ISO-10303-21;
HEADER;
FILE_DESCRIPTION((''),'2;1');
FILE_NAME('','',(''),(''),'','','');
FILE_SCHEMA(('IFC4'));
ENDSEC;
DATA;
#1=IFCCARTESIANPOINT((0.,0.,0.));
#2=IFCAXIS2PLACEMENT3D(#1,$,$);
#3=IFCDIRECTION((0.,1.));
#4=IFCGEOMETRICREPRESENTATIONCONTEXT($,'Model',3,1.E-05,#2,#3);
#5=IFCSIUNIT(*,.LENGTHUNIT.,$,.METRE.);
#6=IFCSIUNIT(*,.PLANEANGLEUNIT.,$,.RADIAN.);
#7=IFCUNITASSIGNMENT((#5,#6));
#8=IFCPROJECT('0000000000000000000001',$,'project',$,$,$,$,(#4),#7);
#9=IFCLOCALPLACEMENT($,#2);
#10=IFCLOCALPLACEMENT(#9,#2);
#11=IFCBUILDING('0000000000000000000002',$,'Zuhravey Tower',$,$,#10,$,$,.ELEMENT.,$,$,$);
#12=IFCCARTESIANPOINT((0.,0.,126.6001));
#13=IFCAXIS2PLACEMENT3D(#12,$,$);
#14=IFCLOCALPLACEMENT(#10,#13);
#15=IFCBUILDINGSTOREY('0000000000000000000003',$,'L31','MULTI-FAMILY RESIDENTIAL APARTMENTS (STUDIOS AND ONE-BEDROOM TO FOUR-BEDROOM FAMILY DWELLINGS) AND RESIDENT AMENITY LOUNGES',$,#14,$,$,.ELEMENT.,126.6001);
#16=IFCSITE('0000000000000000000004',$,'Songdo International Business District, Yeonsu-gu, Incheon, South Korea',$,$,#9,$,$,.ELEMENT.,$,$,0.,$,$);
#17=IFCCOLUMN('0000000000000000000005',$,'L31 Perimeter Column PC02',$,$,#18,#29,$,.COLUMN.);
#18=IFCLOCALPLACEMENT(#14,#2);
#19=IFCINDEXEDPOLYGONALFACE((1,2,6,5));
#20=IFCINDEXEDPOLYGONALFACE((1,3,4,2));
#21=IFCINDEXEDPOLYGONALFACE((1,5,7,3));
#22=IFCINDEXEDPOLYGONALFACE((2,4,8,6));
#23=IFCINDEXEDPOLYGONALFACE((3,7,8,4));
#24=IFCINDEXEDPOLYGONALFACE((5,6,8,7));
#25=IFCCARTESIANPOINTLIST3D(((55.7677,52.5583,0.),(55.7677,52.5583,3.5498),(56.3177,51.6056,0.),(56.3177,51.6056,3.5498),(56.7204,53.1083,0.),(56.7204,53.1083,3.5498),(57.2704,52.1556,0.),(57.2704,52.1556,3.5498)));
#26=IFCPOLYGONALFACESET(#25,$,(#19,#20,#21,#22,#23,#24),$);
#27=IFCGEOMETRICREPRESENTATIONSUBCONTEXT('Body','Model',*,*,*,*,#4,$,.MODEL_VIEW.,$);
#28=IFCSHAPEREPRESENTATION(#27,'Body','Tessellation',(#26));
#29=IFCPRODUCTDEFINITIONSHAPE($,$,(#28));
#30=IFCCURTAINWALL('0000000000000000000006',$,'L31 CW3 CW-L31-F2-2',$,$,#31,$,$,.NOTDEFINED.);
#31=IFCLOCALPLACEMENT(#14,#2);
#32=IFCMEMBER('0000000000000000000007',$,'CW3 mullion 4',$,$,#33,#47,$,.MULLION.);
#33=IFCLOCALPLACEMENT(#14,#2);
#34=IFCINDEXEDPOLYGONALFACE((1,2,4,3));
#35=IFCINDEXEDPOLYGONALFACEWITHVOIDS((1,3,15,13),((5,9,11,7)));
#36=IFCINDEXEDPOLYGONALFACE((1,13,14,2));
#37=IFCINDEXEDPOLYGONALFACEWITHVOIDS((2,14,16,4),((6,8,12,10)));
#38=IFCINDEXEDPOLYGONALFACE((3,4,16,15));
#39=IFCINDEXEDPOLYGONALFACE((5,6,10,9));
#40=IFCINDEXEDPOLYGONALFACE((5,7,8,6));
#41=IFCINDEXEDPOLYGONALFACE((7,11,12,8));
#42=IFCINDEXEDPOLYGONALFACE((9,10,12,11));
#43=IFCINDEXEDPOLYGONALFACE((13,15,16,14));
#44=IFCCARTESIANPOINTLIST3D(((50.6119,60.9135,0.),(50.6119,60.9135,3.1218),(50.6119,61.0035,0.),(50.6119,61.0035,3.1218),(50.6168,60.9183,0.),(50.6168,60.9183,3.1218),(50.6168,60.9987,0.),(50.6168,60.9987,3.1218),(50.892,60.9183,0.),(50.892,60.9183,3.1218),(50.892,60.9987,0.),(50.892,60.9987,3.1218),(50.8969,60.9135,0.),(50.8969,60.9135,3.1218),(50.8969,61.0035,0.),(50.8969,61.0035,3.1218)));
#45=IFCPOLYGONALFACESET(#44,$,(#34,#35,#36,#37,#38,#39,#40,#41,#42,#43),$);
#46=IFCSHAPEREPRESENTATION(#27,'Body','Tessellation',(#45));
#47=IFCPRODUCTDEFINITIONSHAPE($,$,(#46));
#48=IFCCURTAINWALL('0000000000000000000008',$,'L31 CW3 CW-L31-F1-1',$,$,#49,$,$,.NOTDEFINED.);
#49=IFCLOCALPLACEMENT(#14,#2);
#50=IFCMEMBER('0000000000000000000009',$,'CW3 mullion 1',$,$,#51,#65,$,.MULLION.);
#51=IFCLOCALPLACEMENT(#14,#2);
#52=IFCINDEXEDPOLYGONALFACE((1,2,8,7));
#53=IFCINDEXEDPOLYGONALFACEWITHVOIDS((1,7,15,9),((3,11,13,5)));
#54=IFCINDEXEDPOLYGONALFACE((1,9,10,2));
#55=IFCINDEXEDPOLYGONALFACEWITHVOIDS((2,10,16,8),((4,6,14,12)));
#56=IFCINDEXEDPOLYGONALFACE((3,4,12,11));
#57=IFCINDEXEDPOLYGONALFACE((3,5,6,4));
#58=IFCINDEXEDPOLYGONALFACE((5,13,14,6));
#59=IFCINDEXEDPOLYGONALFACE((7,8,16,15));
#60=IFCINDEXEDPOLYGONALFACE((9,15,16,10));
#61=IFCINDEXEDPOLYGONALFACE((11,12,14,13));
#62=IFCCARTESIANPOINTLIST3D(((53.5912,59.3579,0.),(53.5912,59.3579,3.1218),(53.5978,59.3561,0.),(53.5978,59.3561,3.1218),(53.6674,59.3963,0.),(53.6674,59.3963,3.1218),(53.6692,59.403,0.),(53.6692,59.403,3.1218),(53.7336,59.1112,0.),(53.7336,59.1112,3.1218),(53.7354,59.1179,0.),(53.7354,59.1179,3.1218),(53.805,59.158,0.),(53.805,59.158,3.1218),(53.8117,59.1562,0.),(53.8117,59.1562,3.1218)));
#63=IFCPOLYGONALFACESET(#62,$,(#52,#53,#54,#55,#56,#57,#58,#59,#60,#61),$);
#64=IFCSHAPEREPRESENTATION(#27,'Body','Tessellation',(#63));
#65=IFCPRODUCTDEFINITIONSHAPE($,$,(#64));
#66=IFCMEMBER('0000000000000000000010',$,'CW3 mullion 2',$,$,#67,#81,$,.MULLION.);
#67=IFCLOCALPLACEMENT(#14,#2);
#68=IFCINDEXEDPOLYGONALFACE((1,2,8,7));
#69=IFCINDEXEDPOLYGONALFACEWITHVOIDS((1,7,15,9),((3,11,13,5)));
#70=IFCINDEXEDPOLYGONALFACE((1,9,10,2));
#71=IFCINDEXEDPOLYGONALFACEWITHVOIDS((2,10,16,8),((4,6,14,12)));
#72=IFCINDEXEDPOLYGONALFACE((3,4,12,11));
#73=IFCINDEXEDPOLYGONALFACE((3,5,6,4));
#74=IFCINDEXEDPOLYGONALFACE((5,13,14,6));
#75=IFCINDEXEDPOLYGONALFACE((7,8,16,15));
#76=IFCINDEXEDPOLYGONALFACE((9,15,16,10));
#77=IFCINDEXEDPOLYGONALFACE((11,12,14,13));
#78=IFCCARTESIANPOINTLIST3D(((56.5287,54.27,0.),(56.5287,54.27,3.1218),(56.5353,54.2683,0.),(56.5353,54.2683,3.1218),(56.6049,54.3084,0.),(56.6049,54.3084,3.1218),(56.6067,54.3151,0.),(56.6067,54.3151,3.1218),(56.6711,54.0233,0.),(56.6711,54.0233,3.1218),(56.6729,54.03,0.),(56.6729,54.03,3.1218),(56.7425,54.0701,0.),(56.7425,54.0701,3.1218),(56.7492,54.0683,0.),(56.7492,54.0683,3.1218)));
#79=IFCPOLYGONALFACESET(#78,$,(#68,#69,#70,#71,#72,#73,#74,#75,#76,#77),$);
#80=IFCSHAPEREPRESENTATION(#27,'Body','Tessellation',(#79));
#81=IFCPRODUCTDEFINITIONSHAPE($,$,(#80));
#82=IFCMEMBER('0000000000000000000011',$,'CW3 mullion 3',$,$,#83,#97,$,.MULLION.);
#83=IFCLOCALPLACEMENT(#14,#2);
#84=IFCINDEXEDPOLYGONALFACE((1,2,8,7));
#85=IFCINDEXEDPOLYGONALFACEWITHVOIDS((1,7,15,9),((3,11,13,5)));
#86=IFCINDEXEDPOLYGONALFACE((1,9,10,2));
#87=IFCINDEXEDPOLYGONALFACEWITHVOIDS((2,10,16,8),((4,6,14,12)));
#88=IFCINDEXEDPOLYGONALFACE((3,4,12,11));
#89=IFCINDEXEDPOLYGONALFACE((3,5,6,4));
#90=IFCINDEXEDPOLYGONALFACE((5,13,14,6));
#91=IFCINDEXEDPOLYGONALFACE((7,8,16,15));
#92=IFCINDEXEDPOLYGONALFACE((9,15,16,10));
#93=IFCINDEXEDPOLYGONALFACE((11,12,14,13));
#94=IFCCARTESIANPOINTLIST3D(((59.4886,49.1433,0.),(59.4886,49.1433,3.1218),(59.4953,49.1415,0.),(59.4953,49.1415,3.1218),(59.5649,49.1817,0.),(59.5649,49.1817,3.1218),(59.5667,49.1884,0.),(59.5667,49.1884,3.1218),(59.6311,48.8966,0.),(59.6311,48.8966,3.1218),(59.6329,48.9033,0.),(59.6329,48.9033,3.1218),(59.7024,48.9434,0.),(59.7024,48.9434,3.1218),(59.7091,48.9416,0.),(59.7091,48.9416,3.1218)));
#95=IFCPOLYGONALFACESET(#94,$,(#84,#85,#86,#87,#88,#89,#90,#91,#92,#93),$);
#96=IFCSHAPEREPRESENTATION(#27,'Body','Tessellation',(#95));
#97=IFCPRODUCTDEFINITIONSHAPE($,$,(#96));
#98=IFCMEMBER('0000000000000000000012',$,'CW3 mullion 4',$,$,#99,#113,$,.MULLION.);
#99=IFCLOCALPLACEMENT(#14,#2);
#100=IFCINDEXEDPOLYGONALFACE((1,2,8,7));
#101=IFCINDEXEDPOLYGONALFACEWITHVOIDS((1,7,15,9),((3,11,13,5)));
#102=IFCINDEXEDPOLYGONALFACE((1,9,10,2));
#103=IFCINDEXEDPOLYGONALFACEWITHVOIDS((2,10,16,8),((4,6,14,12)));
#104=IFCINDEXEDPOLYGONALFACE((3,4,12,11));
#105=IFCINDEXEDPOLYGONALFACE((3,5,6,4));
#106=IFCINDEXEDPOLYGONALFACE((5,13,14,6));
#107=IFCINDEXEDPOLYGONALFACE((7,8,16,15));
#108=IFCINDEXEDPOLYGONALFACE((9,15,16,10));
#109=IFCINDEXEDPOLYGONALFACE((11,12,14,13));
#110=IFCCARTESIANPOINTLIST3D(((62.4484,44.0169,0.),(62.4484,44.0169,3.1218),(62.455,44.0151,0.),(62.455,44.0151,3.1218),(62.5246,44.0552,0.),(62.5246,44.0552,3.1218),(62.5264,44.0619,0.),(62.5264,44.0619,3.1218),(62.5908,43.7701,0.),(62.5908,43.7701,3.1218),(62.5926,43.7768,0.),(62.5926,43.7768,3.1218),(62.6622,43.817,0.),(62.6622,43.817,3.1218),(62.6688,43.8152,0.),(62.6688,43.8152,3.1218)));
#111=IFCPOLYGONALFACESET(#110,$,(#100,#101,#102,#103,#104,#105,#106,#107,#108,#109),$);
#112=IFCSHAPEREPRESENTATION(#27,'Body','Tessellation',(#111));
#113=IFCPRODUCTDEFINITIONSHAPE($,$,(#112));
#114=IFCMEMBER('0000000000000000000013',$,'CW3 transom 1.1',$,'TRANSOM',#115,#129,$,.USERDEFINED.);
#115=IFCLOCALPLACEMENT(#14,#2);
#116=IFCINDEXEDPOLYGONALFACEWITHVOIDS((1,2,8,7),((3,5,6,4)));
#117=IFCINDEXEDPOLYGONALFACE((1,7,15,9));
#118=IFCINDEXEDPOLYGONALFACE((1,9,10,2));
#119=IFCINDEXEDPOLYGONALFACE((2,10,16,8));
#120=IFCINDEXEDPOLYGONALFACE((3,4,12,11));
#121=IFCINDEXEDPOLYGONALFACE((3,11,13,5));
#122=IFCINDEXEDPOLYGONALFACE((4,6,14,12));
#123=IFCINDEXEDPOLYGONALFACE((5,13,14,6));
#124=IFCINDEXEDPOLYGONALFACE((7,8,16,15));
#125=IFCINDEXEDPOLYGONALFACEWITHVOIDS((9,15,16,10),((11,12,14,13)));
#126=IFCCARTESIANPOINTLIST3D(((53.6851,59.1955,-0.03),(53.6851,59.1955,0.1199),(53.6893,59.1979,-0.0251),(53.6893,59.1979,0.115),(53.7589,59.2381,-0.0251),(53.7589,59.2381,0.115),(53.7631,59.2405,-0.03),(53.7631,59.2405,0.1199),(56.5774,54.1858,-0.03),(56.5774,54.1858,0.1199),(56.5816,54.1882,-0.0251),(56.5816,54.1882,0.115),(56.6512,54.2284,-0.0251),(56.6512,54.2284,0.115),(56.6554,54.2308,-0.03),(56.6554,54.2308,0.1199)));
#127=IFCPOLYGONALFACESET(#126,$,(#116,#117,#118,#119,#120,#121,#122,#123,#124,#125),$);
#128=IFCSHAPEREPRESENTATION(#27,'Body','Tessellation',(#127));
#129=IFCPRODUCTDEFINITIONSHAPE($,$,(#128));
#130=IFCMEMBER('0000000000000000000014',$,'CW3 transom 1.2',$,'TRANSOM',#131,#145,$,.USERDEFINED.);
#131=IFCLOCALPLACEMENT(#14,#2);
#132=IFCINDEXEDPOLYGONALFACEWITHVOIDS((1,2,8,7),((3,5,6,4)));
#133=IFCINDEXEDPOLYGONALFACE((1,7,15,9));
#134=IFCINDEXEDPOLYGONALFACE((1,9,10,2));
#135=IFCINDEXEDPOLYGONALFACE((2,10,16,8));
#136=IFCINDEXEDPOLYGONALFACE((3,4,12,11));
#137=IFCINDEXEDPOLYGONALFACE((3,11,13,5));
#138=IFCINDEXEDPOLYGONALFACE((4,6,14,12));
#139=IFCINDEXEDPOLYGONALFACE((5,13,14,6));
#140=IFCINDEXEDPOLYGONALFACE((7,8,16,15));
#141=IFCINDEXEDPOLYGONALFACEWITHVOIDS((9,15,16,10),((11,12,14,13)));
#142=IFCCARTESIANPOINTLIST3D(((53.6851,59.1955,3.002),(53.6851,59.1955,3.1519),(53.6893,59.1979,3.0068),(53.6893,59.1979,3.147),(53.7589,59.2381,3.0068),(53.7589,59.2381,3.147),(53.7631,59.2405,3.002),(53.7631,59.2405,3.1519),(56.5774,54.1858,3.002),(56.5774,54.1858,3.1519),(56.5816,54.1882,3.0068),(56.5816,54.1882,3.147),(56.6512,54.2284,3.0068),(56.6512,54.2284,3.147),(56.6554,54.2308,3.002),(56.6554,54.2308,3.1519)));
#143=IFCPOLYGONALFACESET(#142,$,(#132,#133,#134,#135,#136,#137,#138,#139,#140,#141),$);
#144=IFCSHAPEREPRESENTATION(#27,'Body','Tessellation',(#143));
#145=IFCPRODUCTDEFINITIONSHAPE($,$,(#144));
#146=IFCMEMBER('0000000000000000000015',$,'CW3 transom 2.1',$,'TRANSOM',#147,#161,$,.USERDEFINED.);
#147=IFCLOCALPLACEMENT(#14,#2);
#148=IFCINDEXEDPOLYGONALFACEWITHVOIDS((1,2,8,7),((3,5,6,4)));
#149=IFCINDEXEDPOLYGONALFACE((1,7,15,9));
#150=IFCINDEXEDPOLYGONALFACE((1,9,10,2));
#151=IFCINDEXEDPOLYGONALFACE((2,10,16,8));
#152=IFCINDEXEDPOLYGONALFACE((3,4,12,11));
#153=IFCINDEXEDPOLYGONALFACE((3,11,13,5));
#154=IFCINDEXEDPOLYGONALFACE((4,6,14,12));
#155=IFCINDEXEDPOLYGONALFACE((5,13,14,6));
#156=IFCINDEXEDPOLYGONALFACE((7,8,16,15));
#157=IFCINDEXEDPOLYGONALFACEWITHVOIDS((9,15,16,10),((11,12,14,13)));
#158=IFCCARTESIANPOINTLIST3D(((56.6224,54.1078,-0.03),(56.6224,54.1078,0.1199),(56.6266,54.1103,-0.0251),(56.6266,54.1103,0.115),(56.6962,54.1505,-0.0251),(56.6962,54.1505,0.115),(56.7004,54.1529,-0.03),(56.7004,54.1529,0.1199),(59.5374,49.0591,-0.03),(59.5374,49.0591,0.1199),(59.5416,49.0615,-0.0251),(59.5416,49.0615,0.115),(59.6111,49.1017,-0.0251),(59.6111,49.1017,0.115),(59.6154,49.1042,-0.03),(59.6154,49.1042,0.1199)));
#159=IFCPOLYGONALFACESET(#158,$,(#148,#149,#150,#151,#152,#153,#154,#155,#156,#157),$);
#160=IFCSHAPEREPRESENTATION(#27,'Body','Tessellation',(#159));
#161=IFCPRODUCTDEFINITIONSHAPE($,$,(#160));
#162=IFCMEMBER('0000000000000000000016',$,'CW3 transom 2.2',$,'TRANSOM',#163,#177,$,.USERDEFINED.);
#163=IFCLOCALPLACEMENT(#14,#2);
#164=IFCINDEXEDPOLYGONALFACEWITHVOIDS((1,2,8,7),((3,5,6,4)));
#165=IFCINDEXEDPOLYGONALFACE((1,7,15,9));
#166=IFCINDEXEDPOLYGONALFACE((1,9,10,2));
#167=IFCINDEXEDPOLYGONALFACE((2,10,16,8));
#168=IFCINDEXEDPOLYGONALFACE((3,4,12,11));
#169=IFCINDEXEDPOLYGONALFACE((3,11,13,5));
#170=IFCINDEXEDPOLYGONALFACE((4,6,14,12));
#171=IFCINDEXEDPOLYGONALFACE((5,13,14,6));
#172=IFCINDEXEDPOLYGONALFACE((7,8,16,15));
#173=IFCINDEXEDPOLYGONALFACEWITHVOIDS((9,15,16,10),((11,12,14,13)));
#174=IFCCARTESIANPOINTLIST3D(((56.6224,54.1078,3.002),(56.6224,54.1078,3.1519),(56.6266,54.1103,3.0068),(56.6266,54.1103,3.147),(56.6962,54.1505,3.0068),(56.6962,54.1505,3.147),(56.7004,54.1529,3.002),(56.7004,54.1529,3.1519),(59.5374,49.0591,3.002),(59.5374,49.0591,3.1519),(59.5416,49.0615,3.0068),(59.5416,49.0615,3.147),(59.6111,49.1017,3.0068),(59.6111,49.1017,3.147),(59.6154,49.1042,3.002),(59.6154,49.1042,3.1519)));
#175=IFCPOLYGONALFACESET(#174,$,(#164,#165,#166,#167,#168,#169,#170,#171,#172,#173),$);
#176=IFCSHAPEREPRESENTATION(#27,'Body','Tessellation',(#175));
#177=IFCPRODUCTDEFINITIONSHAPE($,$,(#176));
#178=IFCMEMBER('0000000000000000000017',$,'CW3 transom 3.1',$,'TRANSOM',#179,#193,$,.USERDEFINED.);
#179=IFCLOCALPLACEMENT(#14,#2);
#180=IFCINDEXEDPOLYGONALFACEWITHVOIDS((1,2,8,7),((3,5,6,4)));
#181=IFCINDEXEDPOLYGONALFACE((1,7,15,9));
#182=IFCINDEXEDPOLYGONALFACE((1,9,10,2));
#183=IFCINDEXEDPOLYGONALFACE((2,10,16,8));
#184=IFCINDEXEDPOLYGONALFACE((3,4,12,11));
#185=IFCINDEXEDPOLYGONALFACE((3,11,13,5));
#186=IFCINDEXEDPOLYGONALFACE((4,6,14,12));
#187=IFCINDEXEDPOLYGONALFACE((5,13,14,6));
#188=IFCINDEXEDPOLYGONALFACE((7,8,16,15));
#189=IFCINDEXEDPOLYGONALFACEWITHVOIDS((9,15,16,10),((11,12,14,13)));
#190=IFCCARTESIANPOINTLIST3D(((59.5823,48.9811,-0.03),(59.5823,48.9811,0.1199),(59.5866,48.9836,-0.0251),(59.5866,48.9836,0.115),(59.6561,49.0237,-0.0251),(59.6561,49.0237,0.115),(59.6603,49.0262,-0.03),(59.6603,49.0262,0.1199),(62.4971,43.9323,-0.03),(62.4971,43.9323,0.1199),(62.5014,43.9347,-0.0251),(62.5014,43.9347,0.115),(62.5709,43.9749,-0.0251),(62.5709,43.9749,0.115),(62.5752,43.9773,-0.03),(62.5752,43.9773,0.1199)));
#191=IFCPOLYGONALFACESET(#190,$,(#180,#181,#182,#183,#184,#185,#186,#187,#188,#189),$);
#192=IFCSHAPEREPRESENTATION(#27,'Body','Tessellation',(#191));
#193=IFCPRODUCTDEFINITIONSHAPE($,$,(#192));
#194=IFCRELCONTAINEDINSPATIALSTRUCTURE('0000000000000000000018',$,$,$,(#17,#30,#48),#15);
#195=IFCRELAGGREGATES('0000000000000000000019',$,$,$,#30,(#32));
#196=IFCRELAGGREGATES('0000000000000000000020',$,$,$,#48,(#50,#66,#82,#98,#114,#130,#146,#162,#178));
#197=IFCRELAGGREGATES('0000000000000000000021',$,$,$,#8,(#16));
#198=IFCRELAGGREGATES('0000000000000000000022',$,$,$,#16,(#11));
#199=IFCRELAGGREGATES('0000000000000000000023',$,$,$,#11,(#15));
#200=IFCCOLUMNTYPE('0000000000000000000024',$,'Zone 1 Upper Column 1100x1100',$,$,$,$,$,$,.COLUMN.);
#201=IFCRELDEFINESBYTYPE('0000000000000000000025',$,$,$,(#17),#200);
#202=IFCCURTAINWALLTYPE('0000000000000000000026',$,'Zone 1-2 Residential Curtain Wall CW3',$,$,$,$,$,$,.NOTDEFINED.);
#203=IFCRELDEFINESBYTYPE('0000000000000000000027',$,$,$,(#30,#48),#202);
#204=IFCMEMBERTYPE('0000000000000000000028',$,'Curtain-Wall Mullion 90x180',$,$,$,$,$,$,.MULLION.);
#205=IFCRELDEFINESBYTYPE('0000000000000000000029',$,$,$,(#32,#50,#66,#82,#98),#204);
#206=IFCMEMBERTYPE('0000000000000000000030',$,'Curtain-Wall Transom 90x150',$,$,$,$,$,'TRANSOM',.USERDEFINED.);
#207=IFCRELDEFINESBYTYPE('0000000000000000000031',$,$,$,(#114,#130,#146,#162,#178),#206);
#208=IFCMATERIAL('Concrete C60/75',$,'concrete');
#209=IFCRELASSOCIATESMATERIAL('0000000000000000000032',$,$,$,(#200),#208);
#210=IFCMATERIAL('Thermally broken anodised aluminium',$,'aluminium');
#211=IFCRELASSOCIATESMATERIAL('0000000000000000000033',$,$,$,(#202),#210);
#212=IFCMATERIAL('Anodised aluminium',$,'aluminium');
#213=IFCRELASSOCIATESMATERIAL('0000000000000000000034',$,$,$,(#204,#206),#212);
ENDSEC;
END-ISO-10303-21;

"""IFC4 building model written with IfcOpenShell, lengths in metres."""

from ifc_helpers import new_model, si_unit, direction, frame, origin, origin_2d, place, context, subcontext, project, spatial, rectangle, hollow_rectangle, extrude, material, material_profile, profile_set, type_object, element, aggregate, save


model = new_model("IFC4")

# Units and contexts
model_context = context("Model", 3, precision=1e-05, world=origin(), true_north=direction((0.0, 1.0)))
body_context = subcontext(model_context, "Body", "Model", "MODEL_VIEW")
ifc_project = project(units=[si_unit("LENGTHUNIT", "METRE"), si_unit("PLANEANGLEUNIT", "RADIAN")], contexts=[model_context])

# Site, building, storey
site_placement = place(None, origin())
site = spatial("IfcSite", under=ifc_project, at=site_placement, Name="Songdo International Business District, Yeonsu-gu, Incheon, South Korea", CompositionType="ELEMENT", RefElevation=0.0)
building_placement = place(site_placement, origin())
building = spatial("IfcBuilding", under=site, at=building_placement, Name="Zuhravey Tower", CompositionType="ELEMENT")
storey_placement = place(building_placement, frame((0.0, 0.0, 126.6001)))
storey = spatial("IfcBuildingStorey", under=building, at=storey_placement, Name="L31", Description="MULTI-FAMILY RESIDENTIAL APARTMENTS (STUDIOS AND ONE-BEDROOM TO FOUR-BEDROOM FAMILY DWELLINGS) AND RESIDENT AMENITY LOUNGES", CompositionType="ELEMENT", Elevation=126.6001)

# Column
ifc_material_1 = material(Name="Concrete C60/75", Category="concrete")
ifc_material_profile_1 = material_profile(ifc_material_1, rectangle(XDim=1.1001, YDim=1.1001, at=origin_2d()), Name="RC-1100x1100")
ifc_profile_set_1 = profile_set([ifc_material_profile_1], Name="Concrete C60/75")
column_type = type_object("IfcColumnType", Name="Zone 1 Upper Column 1100x1100", PredefinedType="COLUMN", material=ifc_profile_set_1)
column_placement = place(storey_placement, frame((56.519, 52.3569, 0.0), z_axis=(0.0, 0.0, 1.0), x_axis=(-0.5, 0.866025, 0.0)))
element("IfcColumn", 1, at=column_placement, inside=storey, type_object=column_type, Name="L31 Perimeter Column PC02", PredefinedType="COLUMN", context=body_context, shape_type="SweptSolid", body=[
    extrude(rectangle(XDim=1.1001, YDim=1.1001, at=origin_2d()), origin(), (0.0, 0.0, 1.0), 3.5498),
])

# Curtain wall, member
ifc_material_2 = material(Name="Thermally broken anodised aluminium", Category="aluminium")
curtain_wall_type = type_object("IfcCurtainWallType", Name="Zone 1-2 Residential Curtain Wall CW3", PredefinedType="NOTDEFINED", material=ifc_material_2)
curtain_wall_1_placement = place(storey_placement, origin())
curtain_wall_1 = element("IfcCurtainWall", 2, at=curtain_wall_1_placement, inside=storey, type_object=curtain_wall_type, Name="L31 CW3 CW-L31-F2-2", PredefinedType="NOTDEFINED")
ifc_material_3 = material(Name="Anodised aluminium", Category="aluminium")
ifc_material_profile_2 = material_profile(ifc_material_3, hollow_rectangle(XDim=0.0901, YDim=0.2849, WallThickness=0.0049, at=origin_2d()), Name="ALU-RHS-90x285x5")
ifc_profile_set_2 = profile_set([ifc_material_profile_2], Name="Anodised aluminium")
member_type_1 = type_object("IfcMemberType", Name="Curtain-Wall Mullion 90x180", PredefinedType="MULLION", material=ifc_profile_set_2)
member_1_placement = place(storey_placement, frame((50.7544, 60.9585, 0.0), z_axis=(0.0, 0.0, 1.0), x_axis=(0.0, 1.0, 0.0)))
member_1 = element("IfcMember", 3, at=member_1_placement, type_object=member_type_1, Name="CW3 mullion 4", PredefinedType="MULLION", context=body_context, shape_type="SweptSolid", body=[
    extrude(hollow_rectangle(XDim=0.0901, YDim=0.2849, WallThickness=0.0049, at=origin_2d()), origin(), (0.0, 0.0, 1.0), 3.1218),
])

# Curtain wall, members
curtain_wall_2_placement = place(storey_placement, origin())
curtain_wall_2 = element("IfcCurtainWall", 4, at=curtain_wall_2_placement, inside=storey, type_object=curtain_wall_type, Name="L31 CW3 CW-L31-F1-1", PredefinedType="NOTDEFINED")
member_2_placement = place(storey_placement, frame((53.7014, 59.2571, 0.0), z_axis=(0.0, 0.0, 1.0), x_axis=(0.866026, 0.5, 0.0)))
member_2 = element("IfcMember", 5, at=member_2_placement, type_object=member_type_1, Name="CW3 mullion 1", PredefinedType="MULLION", context=body_context, shape_type="SweptSolid", body=[
    extrude(hollow_rectangle(XDim=0.0901, YDim=0.2849, WallThickness=0.0049, at=origin_2d()), origin(), (0.0, 0.0, 1.0), 3.1218),
])
member_3_placement = place(storey_placement, frame((56.6389, 54.1692, 0.0), z_axis=(0.0, 0.0, 1.0), x_axis=(0.866026, 0.5, 0.0)))
member_3 = element("IfcMember", 6, at=member_3_placement, type_object=member_type_1, Name="CW3 mullion 2", PredefinedType="MULLION", context=body_context, shape_type="SweptSolid", body=[
    extrude(hollow_rectangle(XDim=0.0901, YDim=0.2849, WallThickness=0.0049, at=origin_2d()), origin(), (0.0, 0.0, 1.0), 3.1218),
])
member_4_placement = place(storey_placement, frame((59.5989, 49.0425, 0.0), z_axis=(0.0, 0.0, 1.0), x_axis=(0.866026, 0.5, 0.0)))
member_4 = element("IfcMember", 7, at=member_4_placement, type_object=member_type_1, Name="CW3 mullion 3", PredefinedType="MULLION", context=body_context, shape_type="SweptSolid", body=[
    extrude(hollow_rectangle(XDim=0.0901, YDim=0.2849, WallThickness=0.0049, at=origin_2d()), origin(), (0.0, 0.0, 1.0), 3.1218),
])
member_5_placement = place(storey_placement, frame((62.5586, 43.916, 0.0), z_axis=(0.0, 0.0, 1.0), x_axis=(0.866026, 0.5, 0.0)))
member_5 = element("IfcMember", 8, at=member_5_placement, type_object=member_type_1, Name="CW3 mullion 4", PredefinedType="MULLION", context=body_context, shape_type="SweptSolid", body=[
    extrude(hollow_rectangle(XDim=0.0901, YDim=0.2849, WallThickness=0.0049, at=origin_2d()), origin(), (0.0, 0.0, 1.0), 3.1218),
])
ifc_material_profile_3 = material_profile(ifc_material_3, hollow_rectangle(XDim=0.0901, YDim=0.1499, WallThickness=0.0049, at=origin_2d()), Name="ALU-RHS-90x150x5")
ifc_profile_set_3 = profile_set([ifc_material_profile_3], Name="Anodised aluminium")
member_type_2 = type_object("IfcMemberType", Name="Curtain-Wall Transom 90x150", ElementType="TRANSOM", PredefinedType="USERDEFINED", material=ifc_profile_set_3)
member_6_placement = place(storey_placement, frame((53.7241, 59.218, 0.0449), z_axis=(0.499993, -0.86603, 0.0), x_axis=(0.86603, 0.499993, 0.0)))
member_6 = element("IfcMember", 9, at=member_6_placement, type_object=member_type_2, Name="CW3 transom 1.1", ObjectType="TRANSOM", PredefinedType="USERDEFINED", context=body_context, shape_type="SweptSolid", body=[
    extrude(hollow_rectangle(XDim=0.0901, YDim=0.1499, WallThickness=0.0049, at=origin_2d()), origin(), (0.0, 0.0, 1.0), 5.7847),
])
member_7_placement = place(storey_placement, frame((53.7241, 59.218, 3.0769), z_axis=(0.499993, -0.86603, 0.0), x_axis=(0.86603, 0.499993, 0.0)))
member_7 = element("IfcMember", 10, at=member_7_placement, type_object=member_type_2, Name="CW3 transom 1.2", ObjectType="TRANSOM", PredefinedType="USERDEFINED", context=body_context, shape_type="SweptSolid", body=[
    extrude(hollow_rectangle(XDim=0.0901, YDim=0.1499, WallThickness=0.0049, at=origin_2d()), origin(), (0.0, 0.0, 1.0), 5.7847),
])
member_8_placement = place(storey_placement, frame((56.6614, 54.1304, 0.0449), z_axis=(0.500012, -0.866018, 0.0), x_axis=(0.866018, 0.500012, 0.0)))
member_8 = element("IfcMember", 11, at=member_8_placement, type_object=member_type_2, Name="CW3 transom 2.1", ObjectType="TRANSOM", PredefinedType="USERDEFINED", context=body_context, shape_type="SweptSolid", body=[
    extrude(hollow_rectangle(XDim=0.0901, YDim=0.1499, WallThickness=0.0049, at=origin_2d()), origin(), (0.0, 0.0, 1.0), 5.8298),
])
member_9_placement = place(storey_placement, frame((56.6614, 54.1304, 3.0769), z_axis=(0.500012, -0.866018, 0.0), x_axis=(0.866018, 0.500012, 0.0)))
member_9 = element("IfcMember", 12, at=member_9_placement, type_object=member_type_2, Name="CW3 transom 2.2", ObjectType="TRANSOM", PredefinedType="USERDEFINED", context=body_context, shape_type="SweptSolid", body=[
    extrude(hollow_rectangle(XDim=0.0901, YDim=0.1499, WallThickness=0.0049, at=origin_2d()), origin(), (0.0, 0.0, 1.0), 5.8298),
])
member_10_placement = place(storey_placement, frame((59.6213, 49.0037, 0.0449), z_axis=(0.499981, -0.866036, 0.0), x_axis=(0.866036, 0.499981, 0.0)))
member_10 = element("IfcMember", 13, at=member_10_placement, type_object=member_type_2, Name="CW3 transom 3.1", ObjectType="TRANSOM", PredefinedType="USERDEFINED", context=body_context, shape_type="SweptSolid", body=[
    extrude(hollow_rectangle(XDim=0.0901, YDim=0.1499, WallThickness=0.0049, at=origin_2d()), origin(), (0.0, 0.0, 1.0), 5.8298),
])

aggregate(curtain_wall_1, [member_1])
aggregate(curtain_wall_2, [member_2, member_3, member_4, member_5, member_6, member_7, member_8, member_9, member_10])

save(model, "model.ifc")
